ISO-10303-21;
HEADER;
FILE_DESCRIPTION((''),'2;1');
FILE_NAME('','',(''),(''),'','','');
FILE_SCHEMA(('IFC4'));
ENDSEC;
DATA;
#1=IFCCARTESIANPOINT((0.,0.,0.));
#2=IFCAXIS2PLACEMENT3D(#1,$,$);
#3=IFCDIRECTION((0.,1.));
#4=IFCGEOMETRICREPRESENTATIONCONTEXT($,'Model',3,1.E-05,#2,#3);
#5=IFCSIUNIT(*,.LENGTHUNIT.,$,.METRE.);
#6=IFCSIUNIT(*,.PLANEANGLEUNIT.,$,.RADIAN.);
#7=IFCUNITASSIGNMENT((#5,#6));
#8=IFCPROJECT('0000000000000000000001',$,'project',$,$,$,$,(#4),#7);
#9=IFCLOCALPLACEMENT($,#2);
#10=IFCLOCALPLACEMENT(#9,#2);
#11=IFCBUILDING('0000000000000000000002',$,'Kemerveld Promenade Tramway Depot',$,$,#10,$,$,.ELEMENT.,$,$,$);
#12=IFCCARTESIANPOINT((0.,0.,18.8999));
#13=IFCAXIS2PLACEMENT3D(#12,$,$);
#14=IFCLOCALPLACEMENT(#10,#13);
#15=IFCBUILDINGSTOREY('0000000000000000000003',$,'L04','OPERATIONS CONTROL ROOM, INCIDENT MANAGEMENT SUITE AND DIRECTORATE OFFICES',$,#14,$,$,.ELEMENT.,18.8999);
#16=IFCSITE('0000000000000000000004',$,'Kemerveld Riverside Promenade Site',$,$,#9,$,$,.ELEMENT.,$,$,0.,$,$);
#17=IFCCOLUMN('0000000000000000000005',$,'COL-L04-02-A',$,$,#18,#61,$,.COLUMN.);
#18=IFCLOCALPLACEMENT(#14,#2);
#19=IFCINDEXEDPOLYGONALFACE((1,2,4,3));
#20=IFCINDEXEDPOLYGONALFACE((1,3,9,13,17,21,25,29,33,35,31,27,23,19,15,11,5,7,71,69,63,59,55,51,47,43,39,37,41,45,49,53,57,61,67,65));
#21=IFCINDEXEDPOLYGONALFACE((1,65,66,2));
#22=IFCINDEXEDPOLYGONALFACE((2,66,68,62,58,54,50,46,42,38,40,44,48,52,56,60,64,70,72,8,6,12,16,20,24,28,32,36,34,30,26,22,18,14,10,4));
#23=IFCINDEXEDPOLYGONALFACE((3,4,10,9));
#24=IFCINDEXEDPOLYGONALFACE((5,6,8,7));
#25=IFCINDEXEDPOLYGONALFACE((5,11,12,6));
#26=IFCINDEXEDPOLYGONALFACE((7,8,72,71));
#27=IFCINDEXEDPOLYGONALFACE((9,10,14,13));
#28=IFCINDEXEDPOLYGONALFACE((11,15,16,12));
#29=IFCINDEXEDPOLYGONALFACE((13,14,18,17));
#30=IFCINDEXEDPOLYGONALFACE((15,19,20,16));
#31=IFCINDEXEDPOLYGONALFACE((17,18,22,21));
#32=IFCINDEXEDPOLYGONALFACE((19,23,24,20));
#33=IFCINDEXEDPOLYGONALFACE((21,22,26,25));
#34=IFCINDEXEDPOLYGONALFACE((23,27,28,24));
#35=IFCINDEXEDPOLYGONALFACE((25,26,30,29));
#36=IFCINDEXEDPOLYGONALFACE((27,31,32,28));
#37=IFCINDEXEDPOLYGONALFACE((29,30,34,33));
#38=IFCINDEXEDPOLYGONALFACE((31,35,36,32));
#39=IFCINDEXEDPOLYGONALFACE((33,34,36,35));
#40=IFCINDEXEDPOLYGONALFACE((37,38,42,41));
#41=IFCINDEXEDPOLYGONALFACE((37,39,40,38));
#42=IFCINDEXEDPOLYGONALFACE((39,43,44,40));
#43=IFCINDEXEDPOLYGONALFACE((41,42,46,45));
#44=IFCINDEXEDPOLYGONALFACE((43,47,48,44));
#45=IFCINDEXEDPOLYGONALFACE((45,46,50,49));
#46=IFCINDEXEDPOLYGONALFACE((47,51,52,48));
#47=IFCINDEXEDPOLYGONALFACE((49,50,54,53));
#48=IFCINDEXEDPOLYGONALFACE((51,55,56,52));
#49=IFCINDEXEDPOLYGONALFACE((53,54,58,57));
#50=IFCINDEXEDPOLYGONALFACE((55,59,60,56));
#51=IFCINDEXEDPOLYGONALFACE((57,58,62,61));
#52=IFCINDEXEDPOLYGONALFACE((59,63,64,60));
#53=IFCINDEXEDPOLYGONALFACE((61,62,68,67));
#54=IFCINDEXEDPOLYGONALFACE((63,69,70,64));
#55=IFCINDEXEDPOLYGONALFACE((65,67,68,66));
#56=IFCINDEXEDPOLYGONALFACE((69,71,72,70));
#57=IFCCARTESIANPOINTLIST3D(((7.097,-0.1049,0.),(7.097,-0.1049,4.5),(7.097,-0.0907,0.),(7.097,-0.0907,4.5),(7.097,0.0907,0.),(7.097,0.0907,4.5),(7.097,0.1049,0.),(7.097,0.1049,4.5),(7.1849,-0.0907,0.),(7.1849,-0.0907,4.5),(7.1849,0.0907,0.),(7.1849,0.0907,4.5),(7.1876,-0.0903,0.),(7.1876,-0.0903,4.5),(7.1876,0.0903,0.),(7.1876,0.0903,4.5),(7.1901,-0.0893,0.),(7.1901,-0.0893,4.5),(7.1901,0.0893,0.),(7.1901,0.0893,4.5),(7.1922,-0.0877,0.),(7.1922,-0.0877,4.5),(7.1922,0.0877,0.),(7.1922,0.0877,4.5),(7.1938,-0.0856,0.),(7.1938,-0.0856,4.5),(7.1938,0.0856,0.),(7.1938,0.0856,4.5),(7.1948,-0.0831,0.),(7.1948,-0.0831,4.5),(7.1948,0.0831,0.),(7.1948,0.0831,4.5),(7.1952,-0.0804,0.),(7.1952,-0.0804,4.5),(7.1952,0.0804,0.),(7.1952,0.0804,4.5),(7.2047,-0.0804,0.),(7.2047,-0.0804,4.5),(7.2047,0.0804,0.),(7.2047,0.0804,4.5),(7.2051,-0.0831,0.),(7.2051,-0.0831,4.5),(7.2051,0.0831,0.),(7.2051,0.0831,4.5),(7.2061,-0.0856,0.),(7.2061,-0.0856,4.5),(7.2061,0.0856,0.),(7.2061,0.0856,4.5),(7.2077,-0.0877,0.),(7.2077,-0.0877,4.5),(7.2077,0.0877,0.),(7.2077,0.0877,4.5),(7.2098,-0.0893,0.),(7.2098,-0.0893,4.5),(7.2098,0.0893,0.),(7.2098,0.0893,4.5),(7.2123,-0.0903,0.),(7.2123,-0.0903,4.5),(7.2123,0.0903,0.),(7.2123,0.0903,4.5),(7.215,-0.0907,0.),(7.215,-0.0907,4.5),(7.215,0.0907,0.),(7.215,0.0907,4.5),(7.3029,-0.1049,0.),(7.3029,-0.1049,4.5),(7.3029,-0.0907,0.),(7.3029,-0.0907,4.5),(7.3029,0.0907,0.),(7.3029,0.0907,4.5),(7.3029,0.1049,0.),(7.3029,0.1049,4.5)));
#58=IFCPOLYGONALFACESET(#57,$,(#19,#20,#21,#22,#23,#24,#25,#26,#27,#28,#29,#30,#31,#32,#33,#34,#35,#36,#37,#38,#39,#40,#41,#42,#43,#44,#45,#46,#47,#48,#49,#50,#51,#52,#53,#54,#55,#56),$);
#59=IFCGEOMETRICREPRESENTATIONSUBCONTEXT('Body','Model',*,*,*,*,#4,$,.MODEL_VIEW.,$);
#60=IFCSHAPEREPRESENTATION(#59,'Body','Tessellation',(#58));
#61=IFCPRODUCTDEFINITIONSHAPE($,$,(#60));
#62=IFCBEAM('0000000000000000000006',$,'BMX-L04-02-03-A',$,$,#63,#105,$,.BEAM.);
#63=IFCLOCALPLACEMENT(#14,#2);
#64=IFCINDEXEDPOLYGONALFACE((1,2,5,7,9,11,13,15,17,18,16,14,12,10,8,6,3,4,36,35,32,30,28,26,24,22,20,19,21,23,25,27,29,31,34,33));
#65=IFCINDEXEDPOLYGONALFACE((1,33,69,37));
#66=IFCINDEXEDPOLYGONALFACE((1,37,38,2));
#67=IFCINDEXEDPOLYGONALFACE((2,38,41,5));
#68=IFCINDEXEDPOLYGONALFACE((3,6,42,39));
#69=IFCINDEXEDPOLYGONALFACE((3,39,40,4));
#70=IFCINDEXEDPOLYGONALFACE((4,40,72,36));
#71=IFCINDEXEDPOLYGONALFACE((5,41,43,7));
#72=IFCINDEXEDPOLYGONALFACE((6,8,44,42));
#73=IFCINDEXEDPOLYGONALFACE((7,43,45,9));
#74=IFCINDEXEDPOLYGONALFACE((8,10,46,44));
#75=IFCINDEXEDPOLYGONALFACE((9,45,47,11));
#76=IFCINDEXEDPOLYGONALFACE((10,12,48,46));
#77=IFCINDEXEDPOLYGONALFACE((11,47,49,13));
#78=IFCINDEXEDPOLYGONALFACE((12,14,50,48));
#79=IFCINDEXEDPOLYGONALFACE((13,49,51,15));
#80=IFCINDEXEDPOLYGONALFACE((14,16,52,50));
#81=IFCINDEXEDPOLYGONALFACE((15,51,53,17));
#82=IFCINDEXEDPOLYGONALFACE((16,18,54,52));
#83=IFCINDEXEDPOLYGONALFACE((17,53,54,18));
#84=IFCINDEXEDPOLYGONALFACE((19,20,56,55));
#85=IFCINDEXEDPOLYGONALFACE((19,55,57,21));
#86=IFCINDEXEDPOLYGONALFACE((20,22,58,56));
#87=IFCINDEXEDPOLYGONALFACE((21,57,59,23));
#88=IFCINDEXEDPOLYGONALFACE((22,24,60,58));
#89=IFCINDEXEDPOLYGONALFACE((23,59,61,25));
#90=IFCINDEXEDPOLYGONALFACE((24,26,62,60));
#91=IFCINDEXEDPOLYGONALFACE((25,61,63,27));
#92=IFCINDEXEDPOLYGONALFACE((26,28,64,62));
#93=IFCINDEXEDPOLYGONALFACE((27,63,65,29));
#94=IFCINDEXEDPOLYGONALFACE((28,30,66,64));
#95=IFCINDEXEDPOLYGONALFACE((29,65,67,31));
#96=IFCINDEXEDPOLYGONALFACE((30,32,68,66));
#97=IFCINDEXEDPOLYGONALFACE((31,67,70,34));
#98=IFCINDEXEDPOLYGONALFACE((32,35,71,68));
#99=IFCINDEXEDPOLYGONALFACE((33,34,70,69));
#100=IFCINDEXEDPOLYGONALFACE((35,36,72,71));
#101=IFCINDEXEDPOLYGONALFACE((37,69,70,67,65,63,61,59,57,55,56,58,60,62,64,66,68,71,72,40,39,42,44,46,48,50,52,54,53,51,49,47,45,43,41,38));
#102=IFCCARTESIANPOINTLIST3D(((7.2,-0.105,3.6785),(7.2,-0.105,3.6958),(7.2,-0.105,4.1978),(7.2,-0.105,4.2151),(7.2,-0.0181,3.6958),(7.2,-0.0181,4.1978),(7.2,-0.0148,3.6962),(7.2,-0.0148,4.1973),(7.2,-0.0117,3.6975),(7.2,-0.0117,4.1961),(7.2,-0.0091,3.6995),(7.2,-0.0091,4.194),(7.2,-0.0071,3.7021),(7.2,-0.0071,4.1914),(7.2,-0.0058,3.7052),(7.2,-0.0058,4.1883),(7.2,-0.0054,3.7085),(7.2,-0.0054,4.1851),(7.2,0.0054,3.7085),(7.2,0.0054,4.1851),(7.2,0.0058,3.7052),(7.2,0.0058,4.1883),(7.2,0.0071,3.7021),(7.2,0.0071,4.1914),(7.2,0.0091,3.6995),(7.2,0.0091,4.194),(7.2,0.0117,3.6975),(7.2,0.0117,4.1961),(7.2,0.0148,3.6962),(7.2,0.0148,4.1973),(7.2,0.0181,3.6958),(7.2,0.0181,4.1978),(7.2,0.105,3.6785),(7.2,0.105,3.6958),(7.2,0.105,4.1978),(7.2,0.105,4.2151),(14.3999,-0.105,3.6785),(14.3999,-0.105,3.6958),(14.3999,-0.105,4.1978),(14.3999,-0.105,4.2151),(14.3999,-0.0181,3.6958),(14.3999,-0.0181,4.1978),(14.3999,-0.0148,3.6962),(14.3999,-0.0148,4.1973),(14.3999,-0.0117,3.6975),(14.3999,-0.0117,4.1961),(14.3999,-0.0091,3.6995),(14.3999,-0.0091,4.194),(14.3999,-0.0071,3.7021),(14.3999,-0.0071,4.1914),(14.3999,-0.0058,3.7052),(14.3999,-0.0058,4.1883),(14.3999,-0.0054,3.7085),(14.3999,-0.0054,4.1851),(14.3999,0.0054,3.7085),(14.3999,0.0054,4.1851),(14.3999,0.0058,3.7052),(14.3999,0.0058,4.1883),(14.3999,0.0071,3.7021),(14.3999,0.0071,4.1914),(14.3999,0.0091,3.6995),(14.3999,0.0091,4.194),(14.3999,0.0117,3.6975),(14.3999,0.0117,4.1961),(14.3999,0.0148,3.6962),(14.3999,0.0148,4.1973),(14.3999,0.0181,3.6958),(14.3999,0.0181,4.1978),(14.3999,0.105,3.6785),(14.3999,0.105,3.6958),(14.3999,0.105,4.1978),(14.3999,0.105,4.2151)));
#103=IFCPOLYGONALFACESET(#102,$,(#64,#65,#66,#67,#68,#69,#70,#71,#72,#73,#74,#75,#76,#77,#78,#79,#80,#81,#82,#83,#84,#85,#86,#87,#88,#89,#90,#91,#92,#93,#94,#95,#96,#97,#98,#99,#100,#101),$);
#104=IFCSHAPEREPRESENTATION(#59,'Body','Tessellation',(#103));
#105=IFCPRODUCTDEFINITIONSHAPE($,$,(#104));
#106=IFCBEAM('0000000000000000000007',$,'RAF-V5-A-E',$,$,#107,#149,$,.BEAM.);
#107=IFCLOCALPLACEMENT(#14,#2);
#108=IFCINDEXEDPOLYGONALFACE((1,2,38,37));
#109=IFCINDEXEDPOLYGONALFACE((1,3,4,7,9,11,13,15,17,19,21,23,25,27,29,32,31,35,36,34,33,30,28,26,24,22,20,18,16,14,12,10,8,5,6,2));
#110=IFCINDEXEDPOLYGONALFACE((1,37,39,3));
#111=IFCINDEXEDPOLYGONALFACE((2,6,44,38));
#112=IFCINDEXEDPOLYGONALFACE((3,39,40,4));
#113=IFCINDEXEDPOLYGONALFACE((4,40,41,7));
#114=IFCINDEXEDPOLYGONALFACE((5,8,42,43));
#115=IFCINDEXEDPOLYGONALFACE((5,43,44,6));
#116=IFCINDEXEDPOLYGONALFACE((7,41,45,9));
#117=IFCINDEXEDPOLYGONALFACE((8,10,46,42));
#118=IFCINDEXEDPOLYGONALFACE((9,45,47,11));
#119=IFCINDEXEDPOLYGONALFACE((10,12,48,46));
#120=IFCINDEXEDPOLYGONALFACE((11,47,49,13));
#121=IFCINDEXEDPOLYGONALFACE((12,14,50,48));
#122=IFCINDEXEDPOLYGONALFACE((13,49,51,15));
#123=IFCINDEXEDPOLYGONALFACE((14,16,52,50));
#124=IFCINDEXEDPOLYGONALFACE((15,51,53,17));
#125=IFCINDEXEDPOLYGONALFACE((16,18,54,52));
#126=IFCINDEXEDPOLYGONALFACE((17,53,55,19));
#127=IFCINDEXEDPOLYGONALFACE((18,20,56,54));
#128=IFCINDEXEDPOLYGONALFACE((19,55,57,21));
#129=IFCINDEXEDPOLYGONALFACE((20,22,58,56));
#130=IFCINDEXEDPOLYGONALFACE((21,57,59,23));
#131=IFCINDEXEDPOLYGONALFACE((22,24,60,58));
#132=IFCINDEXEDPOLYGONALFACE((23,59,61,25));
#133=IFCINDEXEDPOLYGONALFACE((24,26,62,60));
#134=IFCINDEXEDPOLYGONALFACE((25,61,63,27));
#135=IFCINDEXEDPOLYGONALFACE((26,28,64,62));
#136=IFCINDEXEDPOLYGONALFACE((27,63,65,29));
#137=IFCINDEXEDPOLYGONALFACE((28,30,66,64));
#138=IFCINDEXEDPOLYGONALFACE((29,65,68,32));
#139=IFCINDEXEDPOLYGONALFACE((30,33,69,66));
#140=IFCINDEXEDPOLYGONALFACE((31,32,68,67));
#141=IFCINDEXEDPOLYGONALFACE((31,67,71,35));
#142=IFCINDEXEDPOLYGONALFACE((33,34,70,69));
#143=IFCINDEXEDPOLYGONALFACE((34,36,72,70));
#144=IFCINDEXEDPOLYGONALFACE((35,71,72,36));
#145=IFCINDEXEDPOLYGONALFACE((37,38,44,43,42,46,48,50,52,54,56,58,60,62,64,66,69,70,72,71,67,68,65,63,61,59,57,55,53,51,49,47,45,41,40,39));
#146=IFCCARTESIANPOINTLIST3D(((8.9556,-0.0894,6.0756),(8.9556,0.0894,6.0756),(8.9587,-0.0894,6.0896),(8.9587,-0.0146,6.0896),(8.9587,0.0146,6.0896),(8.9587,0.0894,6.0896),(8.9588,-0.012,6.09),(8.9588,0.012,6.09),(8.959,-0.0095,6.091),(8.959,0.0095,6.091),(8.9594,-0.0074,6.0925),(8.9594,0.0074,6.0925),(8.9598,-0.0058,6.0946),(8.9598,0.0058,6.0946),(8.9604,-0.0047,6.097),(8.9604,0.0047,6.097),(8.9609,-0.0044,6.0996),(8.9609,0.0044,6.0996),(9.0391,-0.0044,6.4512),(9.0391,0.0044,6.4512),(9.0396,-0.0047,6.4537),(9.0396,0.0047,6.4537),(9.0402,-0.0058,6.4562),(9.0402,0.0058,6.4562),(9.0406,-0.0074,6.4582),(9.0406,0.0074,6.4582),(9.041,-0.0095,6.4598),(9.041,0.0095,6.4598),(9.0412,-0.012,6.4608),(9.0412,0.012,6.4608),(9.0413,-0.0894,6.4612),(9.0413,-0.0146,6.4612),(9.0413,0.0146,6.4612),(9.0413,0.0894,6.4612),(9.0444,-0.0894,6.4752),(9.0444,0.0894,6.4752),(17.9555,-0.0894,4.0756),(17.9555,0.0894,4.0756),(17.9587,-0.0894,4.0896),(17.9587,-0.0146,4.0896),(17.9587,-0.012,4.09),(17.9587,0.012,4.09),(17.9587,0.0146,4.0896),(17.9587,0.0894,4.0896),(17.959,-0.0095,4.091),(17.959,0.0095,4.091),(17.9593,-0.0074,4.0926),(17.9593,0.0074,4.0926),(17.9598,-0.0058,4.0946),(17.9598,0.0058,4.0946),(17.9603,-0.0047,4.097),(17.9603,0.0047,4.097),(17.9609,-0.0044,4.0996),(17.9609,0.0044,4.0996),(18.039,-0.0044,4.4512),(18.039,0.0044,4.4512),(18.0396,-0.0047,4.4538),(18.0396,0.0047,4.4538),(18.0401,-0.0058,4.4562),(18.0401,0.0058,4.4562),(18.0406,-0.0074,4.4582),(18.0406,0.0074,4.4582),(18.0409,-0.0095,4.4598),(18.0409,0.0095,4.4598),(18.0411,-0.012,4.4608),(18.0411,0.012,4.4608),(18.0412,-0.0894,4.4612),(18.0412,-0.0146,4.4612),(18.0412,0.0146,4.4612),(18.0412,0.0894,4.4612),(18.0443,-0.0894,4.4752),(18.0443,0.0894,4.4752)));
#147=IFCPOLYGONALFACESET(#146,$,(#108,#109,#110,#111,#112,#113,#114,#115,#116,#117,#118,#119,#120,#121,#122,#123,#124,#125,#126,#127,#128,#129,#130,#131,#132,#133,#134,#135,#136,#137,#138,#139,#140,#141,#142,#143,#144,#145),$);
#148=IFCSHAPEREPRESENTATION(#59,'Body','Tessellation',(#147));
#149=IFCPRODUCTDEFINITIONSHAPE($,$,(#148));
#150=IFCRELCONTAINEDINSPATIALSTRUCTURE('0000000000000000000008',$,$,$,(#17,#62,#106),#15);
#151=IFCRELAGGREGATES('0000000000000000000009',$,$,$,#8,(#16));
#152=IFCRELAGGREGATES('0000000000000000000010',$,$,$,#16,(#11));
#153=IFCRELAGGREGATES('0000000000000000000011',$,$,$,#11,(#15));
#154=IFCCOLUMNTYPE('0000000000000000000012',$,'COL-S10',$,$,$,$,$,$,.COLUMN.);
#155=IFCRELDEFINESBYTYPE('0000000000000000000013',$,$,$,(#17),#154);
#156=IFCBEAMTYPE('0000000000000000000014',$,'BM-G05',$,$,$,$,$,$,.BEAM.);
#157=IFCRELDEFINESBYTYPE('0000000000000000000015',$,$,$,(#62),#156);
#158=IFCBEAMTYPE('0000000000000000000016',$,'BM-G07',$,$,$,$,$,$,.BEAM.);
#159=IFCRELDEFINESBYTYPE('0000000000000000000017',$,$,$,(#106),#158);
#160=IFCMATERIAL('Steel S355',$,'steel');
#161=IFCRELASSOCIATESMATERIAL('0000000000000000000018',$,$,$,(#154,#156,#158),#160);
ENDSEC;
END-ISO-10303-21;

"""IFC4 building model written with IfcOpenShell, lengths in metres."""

from ifc_helpers import new_model, si_unit, direction, frame, origin, origin_2d, place, context, subcontext, project, spatial, i_section, extrude, material, material_profile, profile_set, type_object, element, save


model = new_model("IFC4")

# Units and contexts
model_context = context("Model", 3, precision=1e-05, world=origin(), true_north=direction((0.0, 1.0)))
body_context = subcontext(model_context, "Body", "Model", "MODEL_VIEW")
ifc_project = project(units=[si_unit("LENGTHUNIT", "METRE"), si_unit("PLANEANGLEUNIT", "RADIAN")], contexts=[model_context])

# Site, building, storey
site_placement = place(None, origin())
site = spatial("IfcSite", under=ifc_project, at=site_placement, Name="Kemerveld Riverside Promenade Site", CompositionType="ELEMENT", RefElevation=0.0)
building_placement = place(site_placement, origin())
building = spatial("IfcBuilding", under=site, at=building_placement, Name="Kemerveld Promenade Tramway Depot", CompositionType="ELEMENT")
storey_placement = place(building_placement, frame((0.0, 0.0, 18.8999)))
storey = spatial("IfcBuildingStorey", under=building, at=storey_placement, Name="L04", Description="OPERATIONS CONTROL ROOM, INCIDENT MANAGEMENT SUITE AND DIRECTORATE OFFICES", CompositionType="ELEMENT", Elevation=18.8999)

# Column
ifc_material_1 = material(Name="Steel S355", Category="steel")
ifc_material_profile_1 = material_profile(ifc_material_1, i_section(OverallWidth=0.2058, OverallDepth=0.2097, WebThickness=0.0095, FlangeThickness=0.0142, FilletRadius=0.0103, at=origin_2d()), Name="203x203x60 UC")
ifc_profile_set_1 = profile_set([ifc_material_profile_1], Name="Steel S355")
column_type = type_object("IfcColumnType", Name="COL-S10", PredefinedType="COLUMN", material=ifc_profile_set_1)
column_placement = place(storey_placement, frame((7.2, 0.0, 0.0), z_axis=(0.0, 0.0, 1.0), x_axis=(1.0, 0.0, 0.0)))
element("IfcColumn", 1, at=column_placement, inside=storey, type_object=column_type, Name="COL-L04-02-A", PredefinedType="COLUMN", context=body_context, shape_type="SweptSolid", body=[
    extrude(i_section(OverallWidth=0.2058, OverallDepth=0.2097, WebThickness=0.0095, FlangeThickness=0.0142, FilletRadius=0.0103, at=origin_2d()), origin(), (0.0, 0.0, 1.0), 4.5),
])

# Beams
ifc_material_profile_2 = material_profile(ifc_material_1, i_section(OverallWidth=0.21, OverallDepth=0.5366, WebThickness=0.0107, FlangeThickness=0.0173, FilletRadius=0.0127, at=origin_2d()), Name="533x210x101 UB")
ifc_profile_set_2 = profile_set([ifc_material_profile_2], Name="Steel S355")
beam_type_1 = type_object("IfcBeamType", Name="BM-G05", PredefinedType="BEAM", material=ifc_profile_set_2)
beam_1_placement = place(storey_placement, frame((7.2, 0.0, 3.9468), z_axis=(1.0, 0.0, 0.0), x_axis=(0.0, 1.0, 0.0)))
element("IfcBeam", 2, at=beam_1_placement, inside=storey, type_object=beam_type_1, Name="BMX-L04-02-03-A", PredefinedType="BEAM", context=body_context, shape_type="SweptSolid", body=[
    extrude(i_section(OverallWidth=0.21, OverallDepth=0.5366, WebThickness=0.0107, FlangeThickness=0.0173, FilletRadius=0.0127, at=origin_2d()), origin(), (0.0, 0.0, 1.0), 7.2),
])
ifc_material_profile_3 = material_profile(ifc_material_1, i_section(OverallWidth=0.1787, OverallDepth=0.4094, WebThickness=0.0088, FlangeThickness=0.0144, FilletRadius=0.0103, at=origin_2d()), Name="406x178x67 UB")
ifc_profile_set_3 = profile_set([ifc_material_profile_3], Name="Steel S355")
beam_type_2 = type_object("IfcBeamType", Name="BM-G07", PredefinedType="BEAM", material=ifc_profile_set_3)
beam_2_placement = place(storey_placement, frame((9.0, 0.0, 6.2754), z_axis=(0.976187, 0.0, -0.21693), x_axis=(0.0, 1.0, 0.0)))
element("IfcBeam", 3, at=beam_2_placement, inside=storey, type_object=beam_type_2, Name="RAF-V5-A-E", PredefinedType="BEAM", context=body_context, shape_type="SweptSolid", body=[
    extrude(i_section(OverallWidth=0.1787, OverallDepth=0.4094, WebThickness=0.0088, FlangeThickness=0.0144, FilletRadius=0.0103, at=origin_2d()), origin(), (0.0, 0.0, 1.0), 9.2195),
])

save(model, "model.ifc")
